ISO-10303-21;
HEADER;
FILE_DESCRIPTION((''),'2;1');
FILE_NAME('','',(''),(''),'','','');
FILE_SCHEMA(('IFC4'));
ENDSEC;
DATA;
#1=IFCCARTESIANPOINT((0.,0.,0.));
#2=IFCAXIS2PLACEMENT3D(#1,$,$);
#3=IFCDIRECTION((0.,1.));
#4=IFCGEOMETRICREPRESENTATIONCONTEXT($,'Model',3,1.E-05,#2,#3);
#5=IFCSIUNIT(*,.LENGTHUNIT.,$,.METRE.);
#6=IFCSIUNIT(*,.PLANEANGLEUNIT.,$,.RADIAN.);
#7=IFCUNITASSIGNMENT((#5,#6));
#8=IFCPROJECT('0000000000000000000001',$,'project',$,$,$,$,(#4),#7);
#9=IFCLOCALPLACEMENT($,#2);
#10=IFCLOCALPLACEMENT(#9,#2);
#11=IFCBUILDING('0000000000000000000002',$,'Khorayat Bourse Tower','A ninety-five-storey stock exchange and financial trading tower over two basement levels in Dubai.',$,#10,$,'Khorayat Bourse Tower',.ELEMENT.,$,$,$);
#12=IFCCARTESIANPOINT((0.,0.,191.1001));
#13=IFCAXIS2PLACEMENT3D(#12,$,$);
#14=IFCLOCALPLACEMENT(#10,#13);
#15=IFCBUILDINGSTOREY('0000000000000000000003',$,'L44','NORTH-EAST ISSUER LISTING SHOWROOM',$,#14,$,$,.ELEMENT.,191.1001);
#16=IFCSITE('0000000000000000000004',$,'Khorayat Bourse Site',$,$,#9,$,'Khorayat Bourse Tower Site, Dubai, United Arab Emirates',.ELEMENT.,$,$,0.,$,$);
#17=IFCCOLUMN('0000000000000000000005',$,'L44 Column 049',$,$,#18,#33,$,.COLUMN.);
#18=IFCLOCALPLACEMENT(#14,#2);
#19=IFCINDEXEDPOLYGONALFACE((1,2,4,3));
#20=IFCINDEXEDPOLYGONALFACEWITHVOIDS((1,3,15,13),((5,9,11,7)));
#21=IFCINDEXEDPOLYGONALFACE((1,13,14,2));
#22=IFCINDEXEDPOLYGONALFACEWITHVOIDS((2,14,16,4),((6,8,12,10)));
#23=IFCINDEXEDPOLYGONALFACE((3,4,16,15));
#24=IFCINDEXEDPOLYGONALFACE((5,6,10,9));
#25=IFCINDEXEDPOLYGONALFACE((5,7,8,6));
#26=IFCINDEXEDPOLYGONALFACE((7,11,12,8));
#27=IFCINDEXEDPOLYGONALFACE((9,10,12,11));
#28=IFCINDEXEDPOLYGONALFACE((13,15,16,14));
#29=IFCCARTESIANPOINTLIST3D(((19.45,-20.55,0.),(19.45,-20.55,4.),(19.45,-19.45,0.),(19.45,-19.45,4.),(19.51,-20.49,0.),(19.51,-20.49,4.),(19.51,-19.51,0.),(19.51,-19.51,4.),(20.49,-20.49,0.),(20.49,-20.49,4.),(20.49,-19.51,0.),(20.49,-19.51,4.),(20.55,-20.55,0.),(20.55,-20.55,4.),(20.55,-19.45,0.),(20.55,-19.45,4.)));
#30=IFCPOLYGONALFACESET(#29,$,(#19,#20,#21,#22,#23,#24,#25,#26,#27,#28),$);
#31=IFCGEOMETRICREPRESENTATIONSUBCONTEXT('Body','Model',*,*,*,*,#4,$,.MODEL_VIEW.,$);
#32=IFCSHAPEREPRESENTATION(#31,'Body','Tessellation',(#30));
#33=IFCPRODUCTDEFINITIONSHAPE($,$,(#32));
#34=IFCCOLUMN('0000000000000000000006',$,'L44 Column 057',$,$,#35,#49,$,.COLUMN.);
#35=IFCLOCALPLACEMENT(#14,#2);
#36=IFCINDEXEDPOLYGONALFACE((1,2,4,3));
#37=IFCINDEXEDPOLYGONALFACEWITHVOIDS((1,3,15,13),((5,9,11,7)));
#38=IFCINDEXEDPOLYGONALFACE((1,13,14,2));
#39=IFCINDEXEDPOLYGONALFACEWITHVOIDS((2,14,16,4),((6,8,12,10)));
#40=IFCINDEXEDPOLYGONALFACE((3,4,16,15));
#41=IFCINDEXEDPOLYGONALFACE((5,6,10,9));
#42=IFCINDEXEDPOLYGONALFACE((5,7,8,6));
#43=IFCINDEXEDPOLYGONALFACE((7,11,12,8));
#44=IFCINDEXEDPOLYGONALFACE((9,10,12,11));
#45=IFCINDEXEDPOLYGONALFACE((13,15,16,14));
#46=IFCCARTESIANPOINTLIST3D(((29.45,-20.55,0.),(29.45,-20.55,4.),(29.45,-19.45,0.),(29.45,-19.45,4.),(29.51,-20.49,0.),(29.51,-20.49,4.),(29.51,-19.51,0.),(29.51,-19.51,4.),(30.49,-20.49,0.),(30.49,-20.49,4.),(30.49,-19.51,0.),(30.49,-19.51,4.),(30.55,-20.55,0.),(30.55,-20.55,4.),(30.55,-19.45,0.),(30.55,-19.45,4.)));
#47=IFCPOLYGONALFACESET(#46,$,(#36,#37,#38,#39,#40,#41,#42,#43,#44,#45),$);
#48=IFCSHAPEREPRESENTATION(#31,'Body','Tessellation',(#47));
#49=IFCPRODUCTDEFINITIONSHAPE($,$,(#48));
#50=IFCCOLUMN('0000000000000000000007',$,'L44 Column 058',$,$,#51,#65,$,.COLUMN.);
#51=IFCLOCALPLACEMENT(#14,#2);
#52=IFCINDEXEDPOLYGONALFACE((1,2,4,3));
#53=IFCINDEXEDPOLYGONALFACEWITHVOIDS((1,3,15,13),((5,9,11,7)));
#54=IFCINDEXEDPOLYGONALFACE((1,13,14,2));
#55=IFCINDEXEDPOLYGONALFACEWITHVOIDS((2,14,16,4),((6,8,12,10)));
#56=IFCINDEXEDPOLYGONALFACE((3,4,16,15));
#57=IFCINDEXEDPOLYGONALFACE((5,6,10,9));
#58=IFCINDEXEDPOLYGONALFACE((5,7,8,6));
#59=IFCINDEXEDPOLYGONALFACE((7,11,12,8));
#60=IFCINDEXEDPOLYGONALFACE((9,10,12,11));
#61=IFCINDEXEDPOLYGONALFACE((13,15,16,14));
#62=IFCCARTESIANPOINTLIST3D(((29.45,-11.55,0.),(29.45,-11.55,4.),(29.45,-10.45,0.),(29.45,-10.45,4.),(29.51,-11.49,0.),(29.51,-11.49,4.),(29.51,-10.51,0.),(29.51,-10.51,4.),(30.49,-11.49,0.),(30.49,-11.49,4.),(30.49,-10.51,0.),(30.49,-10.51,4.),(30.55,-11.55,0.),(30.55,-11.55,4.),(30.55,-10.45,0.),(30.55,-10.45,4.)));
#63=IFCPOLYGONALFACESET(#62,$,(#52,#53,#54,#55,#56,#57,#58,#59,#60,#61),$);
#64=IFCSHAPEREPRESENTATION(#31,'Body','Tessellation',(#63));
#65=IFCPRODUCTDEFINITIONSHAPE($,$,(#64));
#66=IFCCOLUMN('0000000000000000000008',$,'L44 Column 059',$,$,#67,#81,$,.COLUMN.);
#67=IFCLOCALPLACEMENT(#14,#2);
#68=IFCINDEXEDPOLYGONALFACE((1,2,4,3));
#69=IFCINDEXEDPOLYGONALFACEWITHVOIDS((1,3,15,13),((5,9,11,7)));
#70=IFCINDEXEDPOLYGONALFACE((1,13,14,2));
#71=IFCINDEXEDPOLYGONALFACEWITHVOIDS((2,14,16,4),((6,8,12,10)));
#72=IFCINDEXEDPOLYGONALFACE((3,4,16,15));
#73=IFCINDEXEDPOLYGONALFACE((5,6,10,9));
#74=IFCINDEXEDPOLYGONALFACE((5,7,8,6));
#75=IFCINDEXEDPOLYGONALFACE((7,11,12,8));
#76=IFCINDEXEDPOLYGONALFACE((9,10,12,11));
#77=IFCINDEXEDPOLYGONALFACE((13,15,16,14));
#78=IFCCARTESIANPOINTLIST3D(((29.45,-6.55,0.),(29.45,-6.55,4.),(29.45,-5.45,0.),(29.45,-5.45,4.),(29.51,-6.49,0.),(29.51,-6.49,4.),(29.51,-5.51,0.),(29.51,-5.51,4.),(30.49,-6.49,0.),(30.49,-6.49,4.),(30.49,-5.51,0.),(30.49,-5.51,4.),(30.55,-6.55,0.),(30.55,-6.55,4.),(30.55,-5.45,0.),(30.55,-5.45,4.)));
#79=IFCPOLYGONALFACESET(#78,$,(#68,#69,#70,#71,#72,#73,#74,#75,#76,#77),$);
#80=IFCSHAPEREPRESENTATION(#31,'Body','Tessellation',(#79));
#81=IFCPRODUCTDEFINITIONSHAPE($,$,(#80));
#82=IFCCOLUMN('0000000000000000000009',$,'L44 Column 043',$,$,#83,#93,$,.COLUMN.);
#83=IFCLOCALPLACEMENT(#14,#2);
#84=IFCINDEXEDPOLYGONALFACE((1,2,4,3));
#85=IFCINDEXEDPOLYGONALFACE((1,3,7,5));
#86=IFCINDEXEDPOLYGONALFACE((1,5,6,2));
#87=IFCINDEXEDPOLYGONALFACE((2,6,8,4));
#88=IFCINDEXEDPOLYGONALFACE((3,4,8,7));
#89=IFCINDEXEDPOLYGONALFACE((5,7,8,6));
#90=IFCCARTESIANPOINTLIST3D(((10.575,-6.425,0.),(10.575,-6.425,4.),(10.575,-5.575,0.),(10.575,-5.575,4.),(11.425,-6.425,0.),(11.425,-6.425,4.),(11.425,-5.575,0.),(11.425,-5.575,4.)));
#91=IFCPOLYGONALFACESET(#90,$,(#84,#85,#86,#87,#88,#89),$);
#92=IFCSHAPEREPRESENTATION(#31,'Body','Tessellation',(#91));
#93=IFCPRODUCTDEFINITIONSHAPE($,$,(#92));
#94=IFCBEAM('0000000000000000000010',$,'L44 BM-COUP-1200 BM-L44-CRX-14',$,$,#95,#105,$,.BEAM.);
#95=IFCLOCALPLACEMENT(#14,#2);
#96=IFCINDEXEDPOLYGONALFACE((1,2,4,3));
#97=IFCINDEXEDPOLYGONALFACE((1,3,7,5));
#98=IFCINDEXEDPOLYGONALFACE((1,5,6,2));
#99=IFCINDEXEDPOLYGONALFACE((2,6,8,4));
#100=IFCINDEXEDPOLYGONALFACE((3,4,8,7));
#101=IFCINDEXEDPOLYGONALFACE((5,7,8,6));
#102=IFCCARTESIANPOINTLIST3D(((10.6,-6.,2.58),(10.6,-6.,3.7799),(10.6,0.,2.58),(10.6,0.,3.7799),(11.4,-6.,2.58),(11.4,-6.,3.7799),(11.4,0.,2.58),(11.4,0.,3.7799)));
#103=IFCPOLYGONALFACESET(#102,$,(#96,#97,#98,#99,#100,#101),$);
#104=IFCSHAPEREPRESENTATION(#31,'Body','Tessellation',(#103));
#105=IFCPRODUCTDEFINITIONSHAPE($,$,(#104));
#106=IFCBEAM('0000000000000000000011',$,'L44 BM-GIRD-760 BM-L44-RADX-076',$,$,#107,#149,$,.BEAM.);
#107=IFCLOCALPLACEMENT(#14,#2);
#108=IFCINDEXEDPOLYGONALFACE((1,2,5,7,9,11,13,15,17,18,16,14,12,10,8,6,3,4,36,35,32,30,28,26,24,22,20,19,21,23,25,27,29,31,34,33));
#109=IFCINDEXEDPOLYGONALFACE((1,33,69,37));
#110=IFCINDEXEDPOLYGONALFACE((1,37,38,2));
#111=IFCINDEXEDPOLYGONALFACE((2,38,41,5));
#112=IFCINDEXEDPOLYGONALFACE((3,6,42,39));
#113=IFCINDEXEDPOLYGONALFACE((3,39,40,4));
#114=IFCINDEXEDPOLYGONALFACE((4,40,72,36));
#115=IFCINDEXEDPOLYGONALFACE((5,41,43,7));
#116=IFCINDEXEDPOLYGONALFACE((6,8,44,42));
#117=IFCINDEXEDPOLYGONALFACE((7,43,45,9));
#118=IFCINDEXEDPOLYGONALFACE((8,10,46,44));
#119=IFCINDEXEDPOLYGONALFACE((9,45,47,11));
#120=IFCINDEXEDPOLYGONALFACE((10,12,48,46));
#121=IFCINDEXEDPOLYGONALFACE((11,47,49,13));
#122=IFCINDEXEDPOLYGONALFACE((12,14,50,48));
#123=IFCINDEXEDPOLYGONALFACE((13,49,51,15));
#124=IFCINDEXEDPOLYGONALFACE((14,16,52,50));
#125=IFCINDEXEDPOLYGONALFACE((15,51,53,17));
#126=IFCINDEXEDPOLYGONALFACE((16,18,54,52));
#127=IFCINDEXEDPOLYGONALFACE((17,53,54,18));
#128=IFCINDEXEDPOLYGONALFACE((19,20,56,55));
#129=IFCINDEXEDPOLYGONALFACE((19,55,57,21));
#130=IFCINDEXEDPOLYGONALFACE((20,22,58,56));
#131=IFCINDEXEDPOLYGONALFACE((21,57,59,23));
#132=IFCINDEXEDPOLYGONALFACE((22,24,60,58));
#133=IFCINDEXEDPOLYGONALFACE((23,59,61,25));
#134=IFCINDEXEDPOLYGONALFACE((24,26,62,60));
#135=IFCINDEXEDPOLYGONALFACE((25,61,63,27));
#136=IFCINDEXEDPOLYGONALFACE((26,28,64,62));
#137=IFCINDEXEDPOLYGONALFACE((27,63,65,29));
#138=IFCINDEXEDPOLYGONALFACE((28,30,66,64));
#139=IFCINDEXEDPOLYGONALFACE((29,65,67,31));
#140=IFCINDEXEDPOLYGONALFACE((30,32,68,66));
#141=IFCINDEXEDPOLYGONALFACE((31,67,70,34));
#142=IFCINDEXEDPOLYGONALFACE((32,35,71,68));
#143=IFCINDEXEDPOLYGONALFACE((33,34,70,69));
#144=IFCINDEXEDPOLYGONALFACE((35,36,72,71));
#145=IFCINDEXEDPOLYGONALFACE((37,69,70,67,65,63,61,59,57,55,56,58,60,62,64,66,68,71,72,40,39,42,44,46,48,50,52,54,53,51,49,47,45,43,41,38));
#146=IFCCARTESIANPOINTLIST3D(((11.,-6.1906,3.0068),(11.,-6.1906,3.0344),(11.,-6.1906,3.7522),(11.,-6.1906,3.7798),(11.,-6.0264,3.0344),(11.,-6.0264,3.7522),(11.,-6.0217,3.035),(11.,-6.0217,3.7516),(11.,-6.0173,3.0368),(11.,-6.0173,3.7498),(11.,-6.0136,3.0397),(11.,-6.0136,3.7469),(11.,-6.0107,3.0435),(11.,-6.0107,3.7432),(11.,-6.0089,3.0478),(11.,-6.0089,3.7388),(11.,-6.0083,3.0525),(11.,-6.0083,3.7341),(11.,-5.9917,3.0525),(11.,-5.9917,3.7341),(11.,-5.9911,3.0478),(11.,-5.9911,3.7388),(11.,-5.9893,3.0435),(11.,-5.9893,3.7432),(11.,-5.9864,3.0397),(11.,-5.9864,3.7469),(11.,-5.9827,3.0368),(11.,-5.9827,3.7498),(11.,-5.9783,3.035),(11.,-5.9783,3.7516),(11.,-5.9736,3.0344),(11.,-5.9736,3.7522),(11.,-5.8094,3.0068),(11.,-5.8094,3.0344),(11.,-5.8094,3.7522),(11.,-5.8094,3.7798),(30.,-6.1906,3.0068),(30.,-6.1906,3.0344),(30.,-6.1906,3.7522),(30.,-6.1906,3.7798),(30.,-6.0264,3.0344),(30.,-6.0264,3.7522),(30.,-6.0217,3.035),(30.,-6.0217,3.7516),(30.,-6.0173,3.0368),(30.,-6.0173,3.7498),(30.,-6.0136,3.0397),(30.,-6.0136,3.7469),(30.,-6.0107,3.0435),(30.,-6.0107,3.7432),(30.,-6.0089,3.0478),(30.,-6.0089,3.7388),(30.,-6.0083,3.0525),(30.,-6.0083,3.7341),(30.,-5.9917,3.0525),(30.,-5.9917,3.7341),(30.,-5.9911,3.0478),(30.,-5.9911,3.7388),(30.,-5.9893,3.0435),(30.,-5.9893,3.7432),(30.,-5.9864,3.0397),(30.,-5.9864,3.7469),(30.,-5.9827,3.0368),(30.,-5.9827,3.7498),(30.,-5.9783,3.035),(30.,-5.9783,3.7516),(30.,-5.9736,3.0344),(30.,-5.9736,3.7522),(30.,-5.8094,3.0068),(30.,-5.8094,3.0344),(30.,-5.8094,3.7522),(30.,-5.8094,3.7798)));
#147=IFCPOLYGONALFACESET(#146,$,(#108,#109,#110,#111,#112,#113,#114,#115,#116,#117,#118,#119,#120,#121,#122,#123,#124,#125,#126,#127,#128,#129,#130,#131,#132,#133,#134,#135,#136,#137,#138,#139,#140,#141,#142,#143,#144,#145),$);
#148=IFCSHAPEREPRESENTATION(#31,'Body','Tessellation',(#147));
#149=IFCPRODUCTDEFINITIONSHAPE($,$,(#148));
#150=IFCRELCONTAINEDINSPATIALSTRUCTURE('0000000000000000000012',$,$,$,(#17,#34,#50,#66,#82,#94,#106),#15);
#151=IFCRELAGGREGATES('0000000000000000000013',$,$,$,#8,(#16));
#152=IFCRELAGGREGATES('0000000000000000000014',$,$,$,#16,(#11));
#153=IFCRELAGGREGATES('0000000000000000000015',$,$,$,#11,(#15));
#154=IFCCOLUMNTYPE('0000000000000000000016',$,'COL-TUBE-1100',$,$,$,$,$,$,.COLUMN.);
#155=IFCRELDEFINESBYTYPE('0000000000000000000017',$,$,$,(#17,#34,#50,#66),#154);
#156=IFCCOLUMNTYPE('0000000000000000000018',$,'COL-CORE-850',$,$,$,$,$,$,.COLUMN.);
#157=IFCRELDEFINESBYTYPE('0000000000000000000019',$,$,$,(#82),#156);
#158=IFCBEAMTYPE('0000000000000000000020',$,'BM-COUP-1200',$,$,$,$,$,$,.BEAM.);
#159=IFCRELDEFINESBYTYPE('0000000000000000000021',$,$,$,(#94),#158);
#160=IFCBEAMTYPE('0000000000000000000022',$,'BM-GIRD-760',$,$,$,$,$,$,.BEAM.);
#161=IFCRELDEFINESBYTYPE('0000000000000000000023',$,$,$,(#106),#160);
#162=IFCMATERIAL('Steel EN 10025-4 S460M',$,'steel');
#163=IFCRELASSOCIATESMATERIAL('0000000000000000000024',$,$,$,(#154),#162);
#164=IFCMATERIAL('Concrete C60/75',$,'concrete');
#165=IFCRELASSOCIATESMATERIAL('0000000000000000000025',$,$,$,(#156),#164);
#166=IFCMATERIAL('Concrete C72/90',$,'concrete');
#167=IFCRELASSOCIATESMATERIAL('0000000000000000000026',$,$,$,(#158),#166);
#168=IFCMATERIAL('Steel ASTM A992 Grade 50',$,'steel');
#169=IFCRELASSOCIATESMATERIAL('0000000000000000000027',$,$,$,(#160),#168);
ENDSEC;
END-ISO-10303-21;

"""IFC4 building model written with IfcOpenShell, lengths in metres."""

from ifc_helpers import new_model, si_unit, direction, frame, origin, origin_2d, place, context, subcontext, project, spatial, rectangle, hollow_rectangle, i_section, extrude, source, transform, mapped, material, material_profile, profile_set, type_object, element, save


model = new_model("IFC4")

# Units and contexts
model_context = context("Model", 3, precision=1e-05, world=origin(), true_north=direction((0.0, 1.0)))
body_context = subcontext(model_context, "Body", "Model", "MODEL_VIEW")
ifc_project = project(units=[si_unit("LENGTHUNIT", "METRE"), si_unit("PLANEANGLEUNIT", "RADIAN")], contexts=[model_context])

# Site, building, storey
site_placement = place(None, origin())
site = spatial("IfcSite", under=ifc_project, at=site_placement, Name="Khorayat Bourse Site", LongName="Khorayat Bourse Tower Site, Dubai, United Arab Emirates", CompositionType="ELEMENT", RefElevation=0.0)
building_placement = place(site_placement, origin())
building = spatial("IfcBuilding", under=site, at=building_placement, Name="Khorayat Bourse Tower", Description="A ninety-five-storey stock exchange and financial trading tower over two basement levels in Dubai.", LongName="Khorayat Bourse Tower", CompositionType="ELEMENT")
storey_placement = place(building_placement, frame((0.0, 0.0, 191.1001)))
storey = spatial("IfcBuildingStorey", under=building, at=storey_placement, Name="L44", Description="NORTH-EAST ISSUER LISTING SHOWROOM", CompositionType="ELEMENT", Elevation=191.1001)

# Columns
ifc_material_1 = material(Name="Steel EN 10025-4 S460M", Category="steel")
ifc_material_profile_1 = material_profile(ifc_material_1, hollow_rectangle(XDim=1.1001, YDim=1.1001, WallThickness=0.0601, at=origin_2d()), Name="BOX 1100x1100x60")
ifc_profile_set_1 = profile_set([ifc_material_profile_1], Name="Steel EN 10025-4 S460M")
column_type_1 = type_object("IfcColumnType", Name="COL-TUBE-1100", PredefinedType="COLUMN", material=ifc_profile_set_1)
shared_shape_1 = source(origin(), body_context, "Body", "SweptSolid", [
    extrude(hollow_rectangle(XDim=1.1001, YDim=1.1001, WallThickness=0.0601, at=origin_2d()), origin(), (0.0, 0.0, 1.0), 4.0),
])
for number, where, z_axis, x_axis, name in (
    (1, (20.0, -20.0, 0.0), (0.0, 0.0, 1.0), (1.0, 0.0, 0.0), "L44 Column 049"),
    (2, (30.0, -20.0, 0.0), (0.0, 0.0, 1.0), (1.0, 0.0, 0.0), "L44 Column 057"),
    (3, (30.0, -11.0, 0.0), (0.0, 0.0, 1.0), (1.0, 0.0, 0.0), "L44 Column 058"),
    (4, (30.0, -6.0, 0.0), (0.0, 0.0, 1.0), (1.0, 0.0, 0.0), "L44 Column 059"),
):
    element("IfcColumn", number, at=place(storey_placement, frame(where, z_axis=z_axis, x_axis=x_axis)), inside=storey, type_object=column_type_1, Name=name, PredefinedType="COLUMN", context=body_context, shape_type="MappedRepresentation", body=[
        mapped(shared_shape_1, transform((0.0, 0.0, 0.0), scale=1.0)),
    ])
ifc_material_2 = material(Name="Concrete C60/75", Category="concrete")
ifc_material_profile_2 = material_profile(ifc_material_2, rectangle(XDim=0.8501, YDim=0.8501, at=origin_2d()), Name="RC 850x850")
ifc_profile_set_2 = profile_set([ifc_material_profile_2], Name="Concrete C60/75")
column_type_2 = type_object("IfcColumnType", Name="COL-CORE-850", PredefinedType="COLUMN", material=ifc_profile_set_2)
shared_shape_2 = source(origin(), body_context, "Body", "SweptSolid", [
    extrude(rectangle(XDim=0.8501, YDim=0.8501, at=origin_2d()), origin(), (0.0, 0.0, 1.0), 4.0),
])
column_placement = place(storey_placement, frame((11.0, -6.0, 0.0), z_axis=(0.0, 0.0, 1.0), x_axis=(1.0, 0.0, 0.0)))
element("IfcColumn", 5, at=column_placement, inside=storey, type_object=column_type_2, Name="L44 Column 043", PredefinedType="COLUMN", context=body_context, shape_type="MappedRepresentation", body=[
    mapped(shared_shape_2, transform((0.0, 0.0, 0.0), scale=1.0)),
])

# Beams
ifc_material_3 = material(Name="Concrete C72/90", Category="concrete")
ifc_material_profile_3 = material_profile(ifc_material_3, rectangle(XDim=0.8, YDim=1.2, at=origin_2d()), Name="RC 800x1200")
ifc_profile_set_3 = profile_set([ifc_material_profile_3], Name="Concrete C72/90")
beam_type_1 = type_object("IfcBeamType", Name="BM-COUP-1200", PredefinedType="BEAM", material=ifc_profile_set_3)
shared_shape_3 = source(origin(), body_context, "Body", "SweptSolid", [
    extrude(rectangle(XDim=0.8, YDim=1.2, at=origin_2d()), origin(), (0.0, 0.0, 1.0), 6.0),
])
beam_1_placement = place(storey_placement, frame((11.0, -6.0, 3.1799), z_axis=(0.0, 1.0, 0.0), x_axis=(-1.0, 0.0, 0.0)))
element("IfcBeam", 6, at=beam_1_placement, inside=storey, type_object=beam_type_1, Name="L44 BM-COUP-1200 BM-L44-CRX-14", PredefinedType="BEAM", context=body_context, shape_type="MappedRepresentation", body=[
    mapped(shared_shape_3, transform((0.0, 0.0, 0.0), scale=1.0)),
])
ifc_material_4 = material(Name="Steel ASTM A992 Grade 50", Category="steel")
ifc_material_profile_4 = material_profile(ifc_material_4, i_section(OverallWidth=0.3811, OverallDepth=0.7729, WebThickness=0.0166, FlangeThickness=0.0276, FilletRadius=0.0181, at=origin_2d()), Name="W760X257")
ifc_profile_set_4 = profile_set([ifc_material_profile_4], Name="Steel ASTM A992 Grade 50")
beam_type_2 = type_object("IfcBeamType", Name="BM-GIRD-760", PredefinedType="BEAM", material=ifc_profile_set_4)
shared_shape_4 = source(origin(), body_context, "Body", "SweptSolid", [
    extrude(i_section(OverallWidth=0.3811, OverallDepth=0.7729, WebThickness=0.0166, FlangeThickness=0.0276, FilletRadius=0.0181, at=origin_2d()), origin(), (0.0, 0.0, 1.0), 19.0),
])
beam_2_placement = place(storey_placement, frame((11.0, -6.0, 3.3933), z_axis=(1.0, 0.0, 0.0), x_axis=(0.0, 1.0, 0.0)))
element("IfcBeam", 7, at=beam_2_placement, inside=storey, type_object=beam_type_2, Name="L44 BM-GIRD-760 BM-L44-RADX-076", PredefinedType="BEAM", context=body_context, shape_type="MappedRepresentation", body=[
    mapped(shared_shape_4, transform((0.0, 0.0, 0.0), scale=1.0)),
])

save(model, "model.ifc")
